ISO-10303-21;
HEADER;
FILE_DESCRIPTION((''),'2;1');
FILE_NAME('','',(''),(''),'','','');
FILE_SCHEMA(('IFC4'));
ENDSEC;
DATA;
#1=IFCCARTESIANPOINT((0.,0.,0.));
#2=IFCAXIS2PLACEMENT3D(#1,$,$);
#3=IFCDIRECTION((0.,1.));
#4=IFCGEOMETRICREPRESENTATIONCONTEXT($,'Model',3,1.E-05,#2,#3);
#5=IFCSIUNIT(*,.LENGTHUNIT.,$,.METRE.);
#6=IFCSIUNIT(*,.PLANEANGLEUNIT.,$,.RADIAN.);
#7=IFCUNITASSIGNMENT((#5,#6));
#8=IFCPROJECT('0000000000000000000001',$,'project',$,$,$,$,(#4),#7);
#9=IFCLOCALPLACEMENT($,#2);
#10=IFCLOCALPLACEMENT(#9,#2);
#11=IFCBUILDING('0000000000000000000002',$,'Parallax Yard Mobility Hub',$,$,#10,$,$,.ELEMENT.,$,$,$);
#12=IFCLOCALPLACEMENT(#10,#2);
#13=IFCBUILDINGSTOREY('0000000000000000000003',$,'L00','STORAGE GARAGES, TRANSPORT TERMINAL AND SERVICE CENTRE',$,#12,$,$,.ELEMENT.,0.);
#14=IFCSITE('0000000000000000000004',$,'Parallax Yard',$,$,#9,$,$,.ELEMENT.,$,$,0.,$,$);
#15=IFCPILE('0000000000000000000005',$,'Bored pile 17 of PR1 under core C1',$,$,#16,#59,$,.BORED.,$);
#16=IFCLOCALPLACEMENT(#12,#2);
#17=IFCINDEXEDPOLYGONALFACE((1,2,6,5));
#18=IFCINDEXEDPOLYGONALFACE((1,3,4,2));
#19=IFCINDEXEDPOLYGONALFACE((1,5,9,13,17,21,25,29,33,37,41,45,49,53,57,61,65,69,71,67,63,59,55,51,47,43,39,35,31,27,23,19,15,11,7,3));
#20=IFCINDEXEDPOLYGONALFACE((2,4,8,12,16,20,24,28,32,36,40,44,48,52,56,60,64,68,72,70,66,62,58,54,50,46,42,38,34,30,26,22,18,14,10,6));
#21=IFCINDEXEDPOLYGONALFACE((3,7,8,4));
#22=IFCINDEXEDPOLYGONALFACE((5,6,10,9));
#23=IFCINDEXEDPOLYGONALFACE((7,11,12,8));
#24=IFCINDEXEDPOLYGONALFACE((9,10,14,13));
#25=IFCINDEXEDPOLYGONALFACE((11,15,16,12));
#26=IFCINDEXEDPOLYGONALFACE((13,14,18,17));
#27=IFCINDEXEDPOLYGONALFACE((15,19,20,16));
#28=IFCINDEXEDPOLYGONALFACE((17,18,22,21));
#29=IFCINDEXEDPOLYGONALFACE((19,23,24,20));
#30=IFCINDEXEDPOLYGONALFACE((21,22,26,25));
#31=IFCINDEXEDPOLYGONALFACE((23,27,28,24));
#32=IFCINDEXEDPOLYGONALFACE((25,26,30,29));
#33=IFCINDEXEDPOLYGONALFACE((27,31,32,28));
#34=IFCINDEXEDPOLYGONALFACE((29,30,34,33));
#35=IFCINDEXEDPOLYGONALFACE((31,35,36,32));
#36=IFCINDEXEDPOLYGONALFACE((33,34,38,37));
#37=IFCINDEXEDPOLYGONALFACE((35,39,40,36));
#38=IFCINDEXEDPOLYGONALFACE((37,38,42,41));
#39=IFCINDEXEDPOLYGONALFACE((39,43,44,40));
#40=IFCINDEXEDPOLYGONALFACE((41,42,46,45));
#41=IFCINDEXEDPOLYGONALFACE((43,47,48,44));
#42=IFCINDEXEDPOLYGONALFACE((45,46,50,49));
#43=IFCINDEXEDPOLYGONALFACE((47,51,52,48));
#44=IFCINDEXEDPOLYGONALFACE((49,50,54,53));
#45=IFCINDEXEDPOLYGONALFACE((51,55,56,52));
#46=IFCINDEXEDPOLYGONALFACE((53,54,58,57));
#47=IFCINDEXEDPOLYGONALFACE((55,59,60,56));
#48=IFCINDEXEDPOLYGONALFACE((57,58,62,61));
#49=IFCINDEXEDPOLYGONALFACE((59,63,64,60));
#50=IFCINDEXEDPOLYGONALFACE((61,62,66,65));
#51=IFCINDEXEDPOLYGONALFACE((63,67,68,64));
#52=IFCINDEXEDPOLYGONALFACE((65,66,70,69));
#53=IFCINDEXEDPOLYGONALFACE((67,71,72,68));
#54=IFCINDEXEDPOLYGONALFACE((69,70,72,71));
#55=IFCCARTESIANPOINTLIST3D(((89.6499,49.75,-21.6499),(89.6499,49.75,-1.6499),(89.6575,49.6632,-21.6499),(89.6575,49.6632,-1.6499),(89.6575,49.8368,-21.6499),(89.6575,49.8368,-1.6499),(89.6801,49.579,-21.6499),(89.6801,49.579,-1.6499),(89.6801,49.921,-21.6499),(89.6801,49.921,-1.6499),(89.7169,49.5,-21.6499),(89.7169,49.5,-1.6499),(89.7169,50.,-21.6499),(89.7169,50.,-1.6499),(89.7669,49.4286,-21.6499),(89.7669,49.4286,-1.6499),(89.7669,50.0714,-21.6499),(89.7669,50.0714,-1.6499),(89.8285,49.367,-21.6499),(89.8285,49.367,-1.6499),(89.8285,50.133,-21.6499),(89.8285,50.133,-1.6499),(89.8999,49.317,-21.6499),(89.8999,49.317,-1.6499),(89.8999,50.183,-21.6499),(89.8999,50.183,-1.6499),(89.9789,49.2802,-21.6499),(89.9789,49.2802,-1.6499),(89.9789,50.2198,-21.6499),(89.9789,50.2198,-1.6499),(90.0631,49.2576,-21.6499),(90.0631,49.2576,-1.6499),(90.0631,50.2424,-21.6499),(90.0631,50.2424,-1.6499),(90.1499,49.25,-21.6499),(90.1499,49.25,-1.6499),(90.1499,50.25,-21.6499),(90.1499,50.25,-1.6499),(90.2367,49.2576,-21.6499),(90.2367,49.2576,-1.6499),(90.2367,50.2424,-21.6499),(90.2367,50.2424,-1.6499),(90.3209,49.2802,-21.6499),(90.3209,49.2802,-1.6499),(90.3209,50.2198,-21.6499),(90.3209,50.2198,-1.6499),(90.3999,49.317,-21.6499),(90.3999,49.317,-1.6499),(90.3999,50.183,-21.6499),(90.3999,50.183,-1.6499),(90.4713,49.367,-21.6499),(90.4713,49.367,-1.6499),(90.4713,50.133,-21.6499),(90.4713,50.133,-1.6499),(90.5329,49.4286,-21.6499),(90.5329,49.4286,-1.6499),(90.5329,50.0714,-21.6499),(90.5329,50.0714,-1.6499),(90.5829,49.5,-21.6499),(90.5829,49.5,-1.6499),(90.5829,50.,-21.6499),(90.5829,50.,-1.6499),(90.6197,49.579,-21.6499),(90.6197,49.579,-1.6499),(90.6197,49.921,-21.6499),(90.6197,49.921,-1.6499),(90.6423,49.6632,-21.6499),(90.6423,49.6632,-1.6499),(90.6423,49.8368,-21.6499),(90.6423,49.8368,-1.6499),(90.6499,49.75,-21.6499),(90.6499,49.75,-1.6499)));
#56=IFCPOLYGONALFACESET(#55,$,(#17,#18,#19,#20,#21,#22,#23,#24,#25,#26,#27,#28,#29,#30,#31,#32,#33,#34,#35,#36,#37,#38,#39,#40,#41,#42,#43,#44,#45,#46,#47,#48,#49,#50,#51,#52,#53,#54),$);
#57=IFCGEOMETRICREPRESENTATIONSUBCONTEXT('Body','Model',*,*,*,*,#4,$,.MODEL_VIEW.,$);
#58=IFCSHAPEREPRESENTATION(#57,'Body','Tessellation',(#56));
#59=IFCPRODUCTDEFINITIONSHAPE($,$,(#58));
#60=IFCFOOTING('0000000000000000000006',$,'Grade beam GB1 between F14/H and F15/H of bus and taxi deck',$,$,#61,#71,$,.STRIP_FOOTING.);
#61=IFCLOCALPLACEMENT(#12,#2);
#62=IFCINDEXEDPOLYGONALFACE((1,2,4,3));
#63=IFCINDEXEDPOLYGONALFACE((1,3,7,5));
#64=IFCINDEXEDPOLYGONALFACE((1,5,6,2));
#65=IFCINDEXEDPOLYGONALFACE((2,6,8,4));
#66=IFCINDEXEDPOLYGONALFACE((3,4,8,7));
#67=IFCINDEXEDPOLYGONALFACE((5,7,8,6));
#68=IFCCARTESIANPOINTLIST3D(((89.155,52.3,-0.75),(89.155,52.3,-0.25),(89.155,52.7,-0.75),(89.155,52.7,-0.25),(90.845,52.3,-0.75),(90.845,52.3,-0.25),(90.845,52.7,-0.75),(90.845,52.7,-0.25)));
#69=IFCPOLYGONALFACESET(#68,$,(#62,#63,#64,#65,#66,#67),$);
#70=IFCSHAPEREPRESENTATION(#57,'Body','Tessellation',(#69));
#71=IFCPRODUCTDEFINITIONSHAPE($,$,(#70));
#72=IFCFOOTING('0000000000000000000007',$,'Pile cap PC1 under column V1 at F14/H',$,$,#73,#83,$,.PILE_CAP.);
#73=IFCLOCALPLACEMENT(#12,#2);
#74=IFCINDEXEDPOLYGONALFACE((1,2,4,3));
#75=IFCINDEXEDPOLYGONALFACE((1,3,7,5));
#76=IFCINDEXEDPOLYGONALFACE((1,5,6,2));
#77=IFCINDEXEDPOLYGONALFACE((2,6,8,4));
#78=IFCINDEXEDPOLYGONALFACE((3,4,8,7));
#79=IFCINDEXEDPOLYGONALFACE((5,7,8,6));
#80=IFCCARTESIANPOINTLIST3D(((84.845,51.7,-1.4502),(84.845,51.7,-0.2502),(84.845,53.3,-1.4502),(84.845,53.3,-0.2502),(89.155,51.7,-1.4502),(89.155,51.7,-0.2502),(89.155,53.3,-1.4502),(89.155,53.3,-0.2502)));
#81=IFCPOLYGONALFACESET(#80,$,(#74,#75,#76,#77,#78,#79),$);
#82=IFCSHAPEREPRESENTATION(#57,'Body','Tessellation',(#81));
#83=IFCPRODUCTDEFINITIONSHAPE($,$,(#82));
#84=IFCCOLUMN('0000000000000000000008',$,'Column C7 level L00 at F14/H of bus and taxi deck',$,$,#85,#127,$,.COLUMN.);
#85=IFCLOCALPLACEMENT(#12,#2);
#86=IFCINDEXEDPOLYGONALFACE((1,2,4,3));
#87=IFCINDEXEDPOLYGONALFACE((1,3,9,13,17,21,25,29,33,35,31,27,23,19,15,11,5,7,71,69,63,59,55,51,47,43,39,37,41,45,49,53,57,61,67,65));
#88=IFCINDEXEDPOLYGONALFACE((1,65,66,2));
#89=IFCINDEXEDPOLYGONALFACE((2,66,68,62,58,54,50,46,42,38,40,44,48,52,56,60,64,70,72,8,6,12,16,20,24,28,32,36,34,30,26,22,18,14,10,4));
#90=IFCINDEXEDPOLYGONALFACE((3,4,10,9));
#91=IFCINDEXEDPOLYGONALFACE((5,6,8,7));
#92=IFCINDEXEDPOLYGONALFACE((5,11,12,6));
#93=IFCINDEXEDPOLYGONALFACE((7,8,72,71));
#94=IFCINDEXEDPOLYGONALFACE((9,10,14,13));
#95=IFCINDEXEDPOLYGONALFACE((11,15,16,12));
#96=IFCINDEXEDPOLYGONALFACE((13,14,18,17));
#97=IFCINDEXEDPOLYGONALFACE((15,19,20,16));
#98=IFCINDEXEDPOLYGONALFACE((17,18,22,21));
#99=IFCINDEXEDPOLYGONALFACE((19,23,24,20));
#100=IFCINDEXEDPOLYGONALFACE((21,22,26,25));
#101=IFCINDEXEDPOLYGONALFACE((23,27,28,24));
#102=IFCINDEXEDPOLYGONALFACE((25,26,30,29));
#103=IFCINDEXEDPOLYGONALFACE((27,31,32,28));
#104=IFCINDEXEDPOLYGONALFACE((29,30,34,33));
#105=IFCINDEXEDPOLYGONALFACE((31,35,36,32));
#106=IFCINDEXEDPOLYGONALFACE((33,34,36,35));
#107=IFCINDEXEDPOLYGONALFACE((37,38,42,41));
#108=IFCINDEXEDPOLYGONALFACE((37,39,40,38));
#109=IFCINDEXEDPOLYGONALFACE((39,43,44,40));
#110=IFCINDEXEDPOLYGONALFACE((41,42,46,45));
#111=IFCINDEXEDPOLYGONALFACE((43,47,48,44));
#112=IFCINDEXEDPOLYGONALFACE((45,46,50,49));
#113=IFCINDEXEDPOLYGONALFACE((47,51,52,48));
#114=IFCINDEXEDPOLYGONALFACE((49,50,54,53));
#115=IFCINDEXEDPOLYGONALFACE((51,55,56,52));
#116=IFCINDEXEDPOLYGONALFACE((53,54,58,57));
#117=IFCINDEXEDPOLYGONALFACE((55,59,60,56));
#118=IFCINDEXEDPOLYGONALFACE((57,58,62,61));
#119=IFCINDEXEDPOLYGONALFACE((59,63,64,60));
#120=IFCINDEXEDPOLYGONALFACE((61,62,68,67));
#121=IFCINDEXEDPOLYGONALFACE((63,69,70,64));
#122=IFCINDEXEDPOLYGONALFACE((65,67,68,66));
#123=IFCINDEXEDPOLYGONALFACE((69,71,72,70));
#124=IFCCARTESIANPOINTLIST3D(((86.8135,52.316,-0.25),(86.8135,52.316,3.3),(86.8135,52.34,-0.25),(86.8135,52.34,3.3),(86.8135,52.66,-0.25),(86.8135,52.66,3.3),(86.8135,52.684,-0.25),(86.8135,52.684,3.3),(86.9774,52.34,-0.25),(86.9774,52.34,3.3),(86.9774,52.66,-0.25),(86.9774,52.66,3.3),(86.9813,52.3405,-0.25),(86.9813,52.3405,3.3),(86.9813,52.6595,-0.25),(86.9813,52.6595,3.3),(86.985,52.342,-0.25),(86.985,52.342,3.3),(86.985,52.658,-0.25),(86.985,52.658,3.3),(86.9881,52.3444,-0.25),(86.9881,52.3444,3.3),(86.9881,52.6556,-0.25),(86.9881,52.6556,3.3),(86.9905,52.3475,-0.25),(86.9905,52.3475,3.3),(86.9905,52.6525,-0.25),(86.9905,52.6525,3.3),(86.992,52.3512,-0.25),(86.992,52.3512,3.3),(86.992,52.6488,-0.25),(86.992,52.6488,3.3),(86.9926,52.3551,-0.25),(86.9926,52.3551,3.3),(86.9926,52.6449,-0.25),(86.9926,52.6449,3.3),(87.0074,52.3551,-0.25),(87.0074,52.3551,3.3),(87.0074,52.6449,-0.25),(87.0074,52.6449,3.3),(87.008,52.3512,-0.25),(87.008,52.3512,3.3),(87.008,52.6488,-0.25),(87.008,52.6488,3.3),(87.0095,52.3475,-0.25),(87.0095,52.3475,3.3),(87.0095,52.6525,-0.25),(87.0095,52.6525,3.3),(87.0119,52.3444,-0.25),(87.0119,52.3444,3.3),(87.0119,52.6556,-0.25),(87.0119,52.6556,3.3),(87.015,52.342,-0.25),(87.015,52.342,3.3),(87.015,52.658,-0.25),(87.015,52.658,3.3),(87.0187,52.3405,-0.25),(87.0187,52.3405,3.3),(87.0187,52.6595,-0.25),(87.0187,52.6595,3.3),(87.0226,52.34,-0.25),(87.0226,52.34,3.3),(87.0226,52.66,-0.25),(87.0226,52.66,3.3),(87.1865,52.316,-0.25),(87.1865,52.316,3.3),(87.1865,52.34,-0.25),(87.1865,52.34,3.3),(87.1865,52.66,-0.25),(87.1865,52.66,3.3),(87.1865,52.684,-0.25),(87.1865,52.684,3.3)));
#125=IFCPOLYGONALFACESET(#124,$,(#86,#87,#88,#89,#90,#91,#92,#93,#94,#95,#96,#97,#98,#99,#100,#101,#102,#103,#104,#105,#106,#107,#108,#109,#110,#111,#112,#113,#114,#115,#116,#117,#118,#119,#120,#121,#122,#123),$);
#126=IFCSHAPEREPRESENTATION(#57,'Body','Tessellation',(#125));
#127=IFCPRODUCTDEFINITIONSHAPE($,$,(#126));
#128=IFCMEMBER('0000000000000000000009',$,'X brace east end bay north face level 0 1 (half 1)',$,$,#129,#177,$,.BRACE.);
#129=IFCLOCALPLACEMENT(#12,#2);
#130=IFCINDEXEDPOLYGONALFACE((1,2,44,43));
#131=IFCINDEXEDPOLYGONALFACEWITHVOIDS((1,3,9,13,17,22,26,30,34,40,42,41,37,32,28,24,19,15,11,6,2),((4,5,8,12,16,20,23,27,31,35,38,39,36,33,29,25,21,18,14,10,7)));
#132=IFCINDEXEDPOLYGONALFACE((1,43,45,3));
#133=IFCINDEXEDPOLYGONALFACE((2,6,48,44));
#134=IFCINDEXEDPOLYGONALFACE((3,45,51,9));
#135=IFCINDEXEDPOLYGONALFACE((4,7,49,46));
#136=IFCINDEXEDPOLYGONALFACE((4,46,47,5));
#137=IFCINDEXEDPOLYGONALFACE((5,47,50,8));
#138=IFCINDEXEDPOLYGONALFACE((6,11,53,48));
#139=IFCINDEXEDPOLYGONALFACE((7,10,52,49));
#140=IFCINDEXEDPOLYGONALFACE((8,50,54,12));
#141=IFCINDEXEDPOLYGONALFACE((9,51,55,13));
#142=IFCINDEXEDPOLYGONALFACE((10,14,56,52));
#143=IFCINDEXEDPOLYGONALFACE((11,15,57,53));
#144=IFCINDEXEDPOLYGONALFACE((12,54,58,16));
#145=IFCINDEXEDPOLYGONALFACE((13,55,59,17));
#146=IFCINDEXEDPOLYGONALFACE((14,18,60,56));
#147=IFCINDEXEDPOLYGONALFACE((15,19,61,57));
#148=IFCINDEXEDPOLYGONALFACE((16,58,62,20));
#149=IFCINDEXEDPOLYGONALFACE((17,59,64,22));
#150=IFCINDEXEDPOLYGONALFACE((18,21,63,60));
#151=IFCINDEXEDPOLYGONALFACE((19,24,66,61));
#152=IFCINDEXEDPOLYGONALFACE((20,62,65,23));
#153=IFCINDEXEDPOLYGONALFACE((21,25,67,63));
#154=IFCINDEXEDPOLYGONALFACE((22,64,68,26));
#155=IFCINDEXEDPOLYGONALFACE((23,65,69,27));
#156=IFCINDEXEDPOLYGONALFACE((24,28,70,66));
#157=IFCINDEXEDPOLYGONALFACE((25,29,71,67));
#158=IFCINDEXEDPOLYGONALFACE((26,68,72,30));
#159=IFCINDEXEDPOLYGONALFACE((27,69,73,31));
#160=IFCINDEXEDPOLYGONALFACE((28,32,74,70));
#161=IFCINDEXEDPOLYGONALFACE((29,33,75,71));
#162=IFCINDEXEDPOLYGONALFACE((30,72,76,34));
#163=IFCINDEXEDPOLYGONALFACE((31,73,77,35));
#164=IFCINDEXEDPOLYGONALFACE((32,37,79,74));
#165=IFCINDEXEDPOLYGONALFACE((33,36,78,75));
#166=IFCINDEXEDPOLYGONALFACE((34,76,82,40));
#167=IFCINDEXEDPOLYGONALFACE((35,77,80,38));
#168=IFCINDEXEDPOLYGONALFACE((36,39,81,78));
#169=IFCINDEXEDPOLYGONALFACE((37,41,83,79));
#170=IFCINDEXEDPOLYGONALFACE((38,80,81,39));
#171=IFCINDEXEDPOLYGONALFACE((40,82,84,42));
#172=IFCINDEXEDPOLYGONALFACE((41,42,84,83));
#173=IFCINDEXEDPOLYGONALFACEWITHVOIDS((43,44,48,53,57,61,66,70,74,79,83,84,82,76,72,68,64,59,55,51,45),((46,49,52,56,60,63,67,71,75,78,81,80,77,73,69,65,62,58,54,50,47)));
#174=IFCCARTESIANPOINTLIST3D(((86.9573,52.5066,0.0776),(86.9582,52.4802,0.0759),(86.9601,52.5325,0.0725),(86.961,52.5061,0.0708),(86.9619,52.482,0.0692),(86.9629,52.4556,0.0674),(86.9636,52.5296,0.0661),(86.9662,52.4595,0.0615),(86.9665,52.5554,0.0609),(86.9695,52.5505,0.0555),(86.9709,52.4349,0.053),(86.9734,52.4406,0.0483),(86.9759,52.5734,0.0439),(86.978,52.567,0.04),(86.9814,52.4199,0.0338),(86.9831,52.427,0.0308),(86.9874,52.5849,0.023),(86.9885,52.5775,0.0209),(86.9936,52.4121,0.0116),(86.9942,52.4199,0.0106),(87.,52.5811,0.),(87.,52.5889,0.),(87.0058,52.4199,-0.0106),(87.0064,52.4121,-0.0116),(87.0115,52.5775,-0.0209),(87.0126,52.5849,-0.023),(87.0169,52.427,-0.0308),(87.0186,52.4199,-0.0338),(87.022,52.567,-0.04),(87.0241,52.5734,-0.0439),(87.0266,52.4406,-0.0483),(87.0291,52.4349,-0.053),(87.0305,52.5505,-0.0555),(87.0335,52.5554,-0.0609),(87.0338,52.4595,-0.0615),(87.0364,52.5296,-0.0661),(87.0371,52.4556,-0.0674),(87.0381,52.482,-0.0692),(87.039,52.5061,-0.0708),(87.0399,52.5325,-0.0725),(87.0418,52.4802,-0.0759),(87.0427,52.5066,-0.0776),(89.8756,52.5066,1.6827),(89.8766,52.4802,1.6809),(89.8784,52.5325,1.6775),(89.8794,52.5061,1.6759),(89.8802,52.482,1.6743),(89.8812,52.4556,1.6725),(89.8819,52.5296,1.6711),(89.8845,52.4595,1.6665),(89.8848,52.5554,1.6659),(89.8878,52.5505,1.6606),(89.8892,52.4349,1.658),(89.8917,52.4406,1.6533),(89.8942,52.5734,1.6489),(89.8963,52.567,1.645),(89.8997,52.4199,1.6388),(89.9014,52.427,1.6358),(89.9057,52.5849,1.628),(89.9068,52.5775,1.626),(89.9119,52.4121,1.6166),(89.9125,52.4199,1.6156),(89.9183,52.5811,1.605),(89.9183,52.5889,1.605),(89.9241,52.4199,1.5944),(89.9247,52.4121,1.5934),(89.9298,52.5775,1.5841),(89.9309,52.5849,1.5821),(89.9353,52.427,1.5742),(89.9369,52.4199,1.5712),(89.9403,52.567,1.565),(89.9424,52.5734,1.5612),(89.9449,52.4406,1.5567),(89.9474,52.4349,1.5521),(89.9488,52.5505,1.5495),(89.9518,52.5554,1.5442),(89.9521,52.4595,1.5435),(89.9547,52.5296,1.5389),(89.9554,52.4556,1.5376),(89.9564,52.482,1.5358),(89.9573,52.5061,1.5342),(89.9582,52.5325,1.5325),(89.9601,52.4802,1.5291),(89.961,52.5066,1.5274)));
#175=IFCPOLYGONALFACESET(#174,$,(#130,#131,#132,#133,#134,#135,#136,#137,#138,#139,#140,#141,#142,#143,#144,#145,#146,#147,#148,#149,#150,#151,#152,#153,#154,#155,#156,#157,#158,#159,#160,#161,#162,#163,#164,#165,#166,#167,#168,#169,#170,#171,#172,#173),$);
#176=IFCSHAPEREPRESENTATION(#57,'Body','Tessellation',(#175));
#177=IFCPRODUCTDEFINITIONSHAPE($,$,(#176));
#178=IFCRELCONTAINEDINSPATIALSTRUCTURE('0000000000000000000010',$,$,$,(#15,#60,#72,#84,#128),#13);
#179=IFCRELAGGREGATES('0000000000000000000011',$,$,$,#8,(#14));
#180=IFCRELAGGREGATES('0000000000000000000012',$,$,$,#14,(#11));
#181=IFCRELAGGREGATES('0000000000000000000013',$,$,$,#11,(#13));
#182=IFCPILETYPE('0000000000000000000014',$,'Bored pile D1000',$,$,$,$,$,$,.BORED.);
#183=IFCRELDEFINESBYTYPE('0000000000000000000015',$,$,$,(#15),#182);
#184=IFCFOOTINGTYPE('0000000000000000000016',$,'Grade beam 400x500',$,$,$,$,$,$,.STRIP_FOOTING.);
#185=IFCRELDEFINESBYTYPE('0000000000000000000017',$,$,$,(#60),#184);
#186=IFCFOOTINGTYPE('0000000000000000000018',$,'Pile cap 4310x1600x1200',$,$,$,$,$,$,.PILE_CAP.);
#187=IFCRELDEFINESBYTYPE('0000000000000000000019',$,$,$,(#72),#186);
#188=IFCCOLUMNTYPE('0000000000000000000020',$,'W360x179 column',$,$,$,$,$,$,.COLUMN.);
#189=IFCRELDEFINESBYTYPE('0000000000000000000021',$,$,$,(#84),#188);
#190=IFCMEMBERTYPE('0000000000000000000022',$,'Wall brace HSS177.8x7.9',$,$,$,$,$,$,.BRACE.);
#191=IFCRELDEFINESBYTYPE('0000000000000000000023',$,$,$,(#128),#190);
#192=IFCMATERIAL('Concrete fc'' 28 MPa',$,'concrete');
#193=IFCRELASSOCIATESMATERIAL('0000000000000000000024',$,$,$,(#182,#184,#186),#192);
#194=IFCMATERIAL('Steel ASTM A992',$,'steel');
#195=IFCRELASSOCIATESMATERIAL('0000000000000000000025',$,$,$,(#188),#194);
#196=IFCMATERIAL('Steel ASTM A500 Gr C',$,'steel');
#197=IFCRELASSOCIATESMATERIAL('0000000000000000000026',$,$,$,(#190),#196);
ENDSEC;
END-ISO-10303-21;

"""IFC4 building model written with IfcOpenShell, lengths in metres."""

from ifc_helpers import new_model, si_unit, direction, frame, origin, origin_2d, place, context, subcontext, project, spatial, rectangle, circle, hollow_circle, i_section, extrude, material, material_profile, profile_set, type_object, element, save


model = new_model("IFC4")

# Units and contexts
model_context = context("Model", 3, precision=1e-05, world=origin(), true_north=direction((0.0, 1.0)))
body_context = subcontext(model_context, "Body", "Model", "MODEL_VIEW")
ifc_project = project(units=[si_unit("LENGTHUNIT", "METRE"), si_unit("PLANEANGLEUNIT", "RADIAN")], contexts=[model_context])

# Site, building, storey
site_placement = place(None, origin())
site = spatial("IfcSite", under=ifc_project, at=site_placement, Name="Parallax Yard", CompositionType="ELEMENT", RefElevation=0.0)
building_placement = place(site_placement, origin())
building = spatial("IfcBuilding", under=site, at=building_placement, Name="Parallax Yard Mobility Hub", CompositionType="ELEMENT")
storey_placement = place(building_placement, origin())
storey = spatial("IfcBuildingStorey", under=building, at=storey_placement, Name="L00", Description="STORAGE GARAGES, TRANSPORT TERMINAL AND SERVICE CENTRE", CompositionType="ELEMENT", Elevation=0.0)

# Pile
ifc_material_1 = material(Name="Concrete fc' 28 MPa", Category="concrete")
ifc_material_profile_1 = material_profile(ifc_material_1, circle(Radius=0.5, at=origin_2d()), Name="Bored pile D1000")
ifc_profile_set_1 = profile_set([ifc_material_profile_1], Name="Concrete fc' 28 MPa")
pile_type = type_object("IfcPileType", Name="Bored pile D1000", PredefinedType="BORED", material=ifc_profile_set_1)
for number, where, z_axis, x_axis, name in (
    (1, (90.1499, 49.75, -1.6499), (0.0, 0.0, -1.0), (1.0, 0.0, 0.0), "Bored pile 17 of PR1 under core C1"),
):
    element("IfcPile", number, at=place(storey_placement, frame(where, z_axis=z_axis, x_axis=x_axis)), inside=storey, type_object=pile_type, Name=name, PredefinedType="BORED", context=body_context, shape_type="SweptSolid", body=[
        extrude(circle(Radius=0.5, at=origin_2d()), origin(), (0.0, 0.0, 1.0), 20.0),
    ])

# Footings
ifc_material_profile_2 = material_profile(ifc_material_1, rectangle(XDim=0.3999, YDim=0.5, at=origin_2d()), Name="Grade beam 400x500")
ifc_profile_set_2 = profile_set([ifc_material_profile_2], Name="Concrete fc' 28 MPa")
footing_type_1 = type_object("IfcFootingType", Name="Grade beam 400x500", PredefinedType="STRIP_FOOTING", material=ifc_profile_set_2)
footing_1_placement = place(storey_placement, frame((89.155, 52.5, -0.5), z_axis=(1.0, 0.0, 0.0), x_axis=(0.0, 1.0, 0.0)))
element("IfcFooting", 2, at=footing_1_placement, inside=storey, type_object=footing_type_1, Name="Grade beam GB1 between F14/H and F15/H of bus and taxi deck", PredefinedType="STRIP_FOOTING", context=body_context, shape_type="SweptSolid", body=[
    extrude(rectangle(XDim=0.3999, YDim=0.5, at=origin_2d()), origin(), (0.0, 0.0, 1.0), 1.6899),
])
footing_type_2 = type_object("IfcFootingType", Name="Pile cap 4310x1600x1200", PredefinedType="PILE_CAP", material=ifc_material_1)
footing_2_placement = place(storey_placement, frame((87.0, 52.5, -1.4502), z_axis=(0.0, 0.0, 1.0), x_axis=(1.0, 0.0, 0.0)))
element("IfcFooting", 3, at=footing_2_placement, inside=storey, type_object=footing_type_2, Name="Pile cap PC1 under column V1 at F14/H", PredefinedType="PILE_CAP", context=body_context, shape_type="SweptSolid", body=[
    extrude(rectangle(XDim=4.3101, YDim=1.6001, at=origin_2d()), origin(), (0.0, 0.0, 1.0), 1.2),
])

# Column
ifc_material_2 = material(Name="Steel ASTM A992", Category="steel")
ifc_material_profile_3 = material_profile(ifc_material_2, i_section(OverallWidth=0.373, OverallDepth=0.3679, WebThickness=0.0149, FlangeThickness=0.0239, FilletRadius=0.0151, at=origin_2d()), Name="W360x179")
ifc_profile_set_3 = profile_set([ifc_material_profile_3], Name="Steel ASTM A992")
column_type = type_object("IfcColumnType", Name="W360x179 column", PredefinedType="COLUMN", material=ifc_profile_set_3)
column_placement = place(storey_placement, frame((87.0, 52.5, -0.25), z_axis=(0.0, 0.0, 1.0), x_axis=(1.0, 0.0, 0.0)))
element("IfcColumn", 4, at=column_placement, inside=storey, type_object=column_type, Name="Column C7 level L00 at F14/H of bus and taxi deck", PredefinedType="COLUMN", context=body_context, shape_type="SweptSolid", body=[
    extrude(i_section(OverallWidth=0.373, OverallDepth=0.3679, WebThickness=0.0149, FlangeThickness=0.0239, FilletRadius=0.0151, at=origin_2d()), origin(), (0.0, 0.0, 1.0), 3.55),
])

# Member
ifc_material_3 = material(Name="Steel ASTM A500 Gr C", Category="steel")
ifc_material_profile_4 = material_profile(ifc_material_3, hollow_circle(Radius=0.0889, WallThickness=0.0078, at=origin_2d()), Name="HSS177.8x7.9")
ifc_profile_set_4 = profile_set([ifc_material_profile_4], Name="Steel ASTM A500 Gr C")
member_type = type_object("IfcMemberType", Name="Wall brace HSS177.8x7.9", PredefinedType="BRACE", material=ifc_profile_set_4)
for number, where, z_axis, x_axis, name in (
    (5, (87.0, 52.5, 0.0), (0.876221, 0.0, 0.48191), (0.0, 1.0, 0.0), "X brace east end bay north face level 0 1 (half 1)"),
):
    element("IfcMember", number, at=place(storey_placement, frame(where, z_axis=z_axis, x_axis=x_axis)), inside=storey, type_object=member_type, Name=name, PredefinedType="BRACE", context=body_context, shape_type="SweptSolid", body=[
        extrude(hollow_circle(Radius=0.0889, WallThickness=0.0078, at=origin_2d()), origin(), (0.0, 0.0, 1.0), 3.3306),
    ])

save(model, "model.ifc")
